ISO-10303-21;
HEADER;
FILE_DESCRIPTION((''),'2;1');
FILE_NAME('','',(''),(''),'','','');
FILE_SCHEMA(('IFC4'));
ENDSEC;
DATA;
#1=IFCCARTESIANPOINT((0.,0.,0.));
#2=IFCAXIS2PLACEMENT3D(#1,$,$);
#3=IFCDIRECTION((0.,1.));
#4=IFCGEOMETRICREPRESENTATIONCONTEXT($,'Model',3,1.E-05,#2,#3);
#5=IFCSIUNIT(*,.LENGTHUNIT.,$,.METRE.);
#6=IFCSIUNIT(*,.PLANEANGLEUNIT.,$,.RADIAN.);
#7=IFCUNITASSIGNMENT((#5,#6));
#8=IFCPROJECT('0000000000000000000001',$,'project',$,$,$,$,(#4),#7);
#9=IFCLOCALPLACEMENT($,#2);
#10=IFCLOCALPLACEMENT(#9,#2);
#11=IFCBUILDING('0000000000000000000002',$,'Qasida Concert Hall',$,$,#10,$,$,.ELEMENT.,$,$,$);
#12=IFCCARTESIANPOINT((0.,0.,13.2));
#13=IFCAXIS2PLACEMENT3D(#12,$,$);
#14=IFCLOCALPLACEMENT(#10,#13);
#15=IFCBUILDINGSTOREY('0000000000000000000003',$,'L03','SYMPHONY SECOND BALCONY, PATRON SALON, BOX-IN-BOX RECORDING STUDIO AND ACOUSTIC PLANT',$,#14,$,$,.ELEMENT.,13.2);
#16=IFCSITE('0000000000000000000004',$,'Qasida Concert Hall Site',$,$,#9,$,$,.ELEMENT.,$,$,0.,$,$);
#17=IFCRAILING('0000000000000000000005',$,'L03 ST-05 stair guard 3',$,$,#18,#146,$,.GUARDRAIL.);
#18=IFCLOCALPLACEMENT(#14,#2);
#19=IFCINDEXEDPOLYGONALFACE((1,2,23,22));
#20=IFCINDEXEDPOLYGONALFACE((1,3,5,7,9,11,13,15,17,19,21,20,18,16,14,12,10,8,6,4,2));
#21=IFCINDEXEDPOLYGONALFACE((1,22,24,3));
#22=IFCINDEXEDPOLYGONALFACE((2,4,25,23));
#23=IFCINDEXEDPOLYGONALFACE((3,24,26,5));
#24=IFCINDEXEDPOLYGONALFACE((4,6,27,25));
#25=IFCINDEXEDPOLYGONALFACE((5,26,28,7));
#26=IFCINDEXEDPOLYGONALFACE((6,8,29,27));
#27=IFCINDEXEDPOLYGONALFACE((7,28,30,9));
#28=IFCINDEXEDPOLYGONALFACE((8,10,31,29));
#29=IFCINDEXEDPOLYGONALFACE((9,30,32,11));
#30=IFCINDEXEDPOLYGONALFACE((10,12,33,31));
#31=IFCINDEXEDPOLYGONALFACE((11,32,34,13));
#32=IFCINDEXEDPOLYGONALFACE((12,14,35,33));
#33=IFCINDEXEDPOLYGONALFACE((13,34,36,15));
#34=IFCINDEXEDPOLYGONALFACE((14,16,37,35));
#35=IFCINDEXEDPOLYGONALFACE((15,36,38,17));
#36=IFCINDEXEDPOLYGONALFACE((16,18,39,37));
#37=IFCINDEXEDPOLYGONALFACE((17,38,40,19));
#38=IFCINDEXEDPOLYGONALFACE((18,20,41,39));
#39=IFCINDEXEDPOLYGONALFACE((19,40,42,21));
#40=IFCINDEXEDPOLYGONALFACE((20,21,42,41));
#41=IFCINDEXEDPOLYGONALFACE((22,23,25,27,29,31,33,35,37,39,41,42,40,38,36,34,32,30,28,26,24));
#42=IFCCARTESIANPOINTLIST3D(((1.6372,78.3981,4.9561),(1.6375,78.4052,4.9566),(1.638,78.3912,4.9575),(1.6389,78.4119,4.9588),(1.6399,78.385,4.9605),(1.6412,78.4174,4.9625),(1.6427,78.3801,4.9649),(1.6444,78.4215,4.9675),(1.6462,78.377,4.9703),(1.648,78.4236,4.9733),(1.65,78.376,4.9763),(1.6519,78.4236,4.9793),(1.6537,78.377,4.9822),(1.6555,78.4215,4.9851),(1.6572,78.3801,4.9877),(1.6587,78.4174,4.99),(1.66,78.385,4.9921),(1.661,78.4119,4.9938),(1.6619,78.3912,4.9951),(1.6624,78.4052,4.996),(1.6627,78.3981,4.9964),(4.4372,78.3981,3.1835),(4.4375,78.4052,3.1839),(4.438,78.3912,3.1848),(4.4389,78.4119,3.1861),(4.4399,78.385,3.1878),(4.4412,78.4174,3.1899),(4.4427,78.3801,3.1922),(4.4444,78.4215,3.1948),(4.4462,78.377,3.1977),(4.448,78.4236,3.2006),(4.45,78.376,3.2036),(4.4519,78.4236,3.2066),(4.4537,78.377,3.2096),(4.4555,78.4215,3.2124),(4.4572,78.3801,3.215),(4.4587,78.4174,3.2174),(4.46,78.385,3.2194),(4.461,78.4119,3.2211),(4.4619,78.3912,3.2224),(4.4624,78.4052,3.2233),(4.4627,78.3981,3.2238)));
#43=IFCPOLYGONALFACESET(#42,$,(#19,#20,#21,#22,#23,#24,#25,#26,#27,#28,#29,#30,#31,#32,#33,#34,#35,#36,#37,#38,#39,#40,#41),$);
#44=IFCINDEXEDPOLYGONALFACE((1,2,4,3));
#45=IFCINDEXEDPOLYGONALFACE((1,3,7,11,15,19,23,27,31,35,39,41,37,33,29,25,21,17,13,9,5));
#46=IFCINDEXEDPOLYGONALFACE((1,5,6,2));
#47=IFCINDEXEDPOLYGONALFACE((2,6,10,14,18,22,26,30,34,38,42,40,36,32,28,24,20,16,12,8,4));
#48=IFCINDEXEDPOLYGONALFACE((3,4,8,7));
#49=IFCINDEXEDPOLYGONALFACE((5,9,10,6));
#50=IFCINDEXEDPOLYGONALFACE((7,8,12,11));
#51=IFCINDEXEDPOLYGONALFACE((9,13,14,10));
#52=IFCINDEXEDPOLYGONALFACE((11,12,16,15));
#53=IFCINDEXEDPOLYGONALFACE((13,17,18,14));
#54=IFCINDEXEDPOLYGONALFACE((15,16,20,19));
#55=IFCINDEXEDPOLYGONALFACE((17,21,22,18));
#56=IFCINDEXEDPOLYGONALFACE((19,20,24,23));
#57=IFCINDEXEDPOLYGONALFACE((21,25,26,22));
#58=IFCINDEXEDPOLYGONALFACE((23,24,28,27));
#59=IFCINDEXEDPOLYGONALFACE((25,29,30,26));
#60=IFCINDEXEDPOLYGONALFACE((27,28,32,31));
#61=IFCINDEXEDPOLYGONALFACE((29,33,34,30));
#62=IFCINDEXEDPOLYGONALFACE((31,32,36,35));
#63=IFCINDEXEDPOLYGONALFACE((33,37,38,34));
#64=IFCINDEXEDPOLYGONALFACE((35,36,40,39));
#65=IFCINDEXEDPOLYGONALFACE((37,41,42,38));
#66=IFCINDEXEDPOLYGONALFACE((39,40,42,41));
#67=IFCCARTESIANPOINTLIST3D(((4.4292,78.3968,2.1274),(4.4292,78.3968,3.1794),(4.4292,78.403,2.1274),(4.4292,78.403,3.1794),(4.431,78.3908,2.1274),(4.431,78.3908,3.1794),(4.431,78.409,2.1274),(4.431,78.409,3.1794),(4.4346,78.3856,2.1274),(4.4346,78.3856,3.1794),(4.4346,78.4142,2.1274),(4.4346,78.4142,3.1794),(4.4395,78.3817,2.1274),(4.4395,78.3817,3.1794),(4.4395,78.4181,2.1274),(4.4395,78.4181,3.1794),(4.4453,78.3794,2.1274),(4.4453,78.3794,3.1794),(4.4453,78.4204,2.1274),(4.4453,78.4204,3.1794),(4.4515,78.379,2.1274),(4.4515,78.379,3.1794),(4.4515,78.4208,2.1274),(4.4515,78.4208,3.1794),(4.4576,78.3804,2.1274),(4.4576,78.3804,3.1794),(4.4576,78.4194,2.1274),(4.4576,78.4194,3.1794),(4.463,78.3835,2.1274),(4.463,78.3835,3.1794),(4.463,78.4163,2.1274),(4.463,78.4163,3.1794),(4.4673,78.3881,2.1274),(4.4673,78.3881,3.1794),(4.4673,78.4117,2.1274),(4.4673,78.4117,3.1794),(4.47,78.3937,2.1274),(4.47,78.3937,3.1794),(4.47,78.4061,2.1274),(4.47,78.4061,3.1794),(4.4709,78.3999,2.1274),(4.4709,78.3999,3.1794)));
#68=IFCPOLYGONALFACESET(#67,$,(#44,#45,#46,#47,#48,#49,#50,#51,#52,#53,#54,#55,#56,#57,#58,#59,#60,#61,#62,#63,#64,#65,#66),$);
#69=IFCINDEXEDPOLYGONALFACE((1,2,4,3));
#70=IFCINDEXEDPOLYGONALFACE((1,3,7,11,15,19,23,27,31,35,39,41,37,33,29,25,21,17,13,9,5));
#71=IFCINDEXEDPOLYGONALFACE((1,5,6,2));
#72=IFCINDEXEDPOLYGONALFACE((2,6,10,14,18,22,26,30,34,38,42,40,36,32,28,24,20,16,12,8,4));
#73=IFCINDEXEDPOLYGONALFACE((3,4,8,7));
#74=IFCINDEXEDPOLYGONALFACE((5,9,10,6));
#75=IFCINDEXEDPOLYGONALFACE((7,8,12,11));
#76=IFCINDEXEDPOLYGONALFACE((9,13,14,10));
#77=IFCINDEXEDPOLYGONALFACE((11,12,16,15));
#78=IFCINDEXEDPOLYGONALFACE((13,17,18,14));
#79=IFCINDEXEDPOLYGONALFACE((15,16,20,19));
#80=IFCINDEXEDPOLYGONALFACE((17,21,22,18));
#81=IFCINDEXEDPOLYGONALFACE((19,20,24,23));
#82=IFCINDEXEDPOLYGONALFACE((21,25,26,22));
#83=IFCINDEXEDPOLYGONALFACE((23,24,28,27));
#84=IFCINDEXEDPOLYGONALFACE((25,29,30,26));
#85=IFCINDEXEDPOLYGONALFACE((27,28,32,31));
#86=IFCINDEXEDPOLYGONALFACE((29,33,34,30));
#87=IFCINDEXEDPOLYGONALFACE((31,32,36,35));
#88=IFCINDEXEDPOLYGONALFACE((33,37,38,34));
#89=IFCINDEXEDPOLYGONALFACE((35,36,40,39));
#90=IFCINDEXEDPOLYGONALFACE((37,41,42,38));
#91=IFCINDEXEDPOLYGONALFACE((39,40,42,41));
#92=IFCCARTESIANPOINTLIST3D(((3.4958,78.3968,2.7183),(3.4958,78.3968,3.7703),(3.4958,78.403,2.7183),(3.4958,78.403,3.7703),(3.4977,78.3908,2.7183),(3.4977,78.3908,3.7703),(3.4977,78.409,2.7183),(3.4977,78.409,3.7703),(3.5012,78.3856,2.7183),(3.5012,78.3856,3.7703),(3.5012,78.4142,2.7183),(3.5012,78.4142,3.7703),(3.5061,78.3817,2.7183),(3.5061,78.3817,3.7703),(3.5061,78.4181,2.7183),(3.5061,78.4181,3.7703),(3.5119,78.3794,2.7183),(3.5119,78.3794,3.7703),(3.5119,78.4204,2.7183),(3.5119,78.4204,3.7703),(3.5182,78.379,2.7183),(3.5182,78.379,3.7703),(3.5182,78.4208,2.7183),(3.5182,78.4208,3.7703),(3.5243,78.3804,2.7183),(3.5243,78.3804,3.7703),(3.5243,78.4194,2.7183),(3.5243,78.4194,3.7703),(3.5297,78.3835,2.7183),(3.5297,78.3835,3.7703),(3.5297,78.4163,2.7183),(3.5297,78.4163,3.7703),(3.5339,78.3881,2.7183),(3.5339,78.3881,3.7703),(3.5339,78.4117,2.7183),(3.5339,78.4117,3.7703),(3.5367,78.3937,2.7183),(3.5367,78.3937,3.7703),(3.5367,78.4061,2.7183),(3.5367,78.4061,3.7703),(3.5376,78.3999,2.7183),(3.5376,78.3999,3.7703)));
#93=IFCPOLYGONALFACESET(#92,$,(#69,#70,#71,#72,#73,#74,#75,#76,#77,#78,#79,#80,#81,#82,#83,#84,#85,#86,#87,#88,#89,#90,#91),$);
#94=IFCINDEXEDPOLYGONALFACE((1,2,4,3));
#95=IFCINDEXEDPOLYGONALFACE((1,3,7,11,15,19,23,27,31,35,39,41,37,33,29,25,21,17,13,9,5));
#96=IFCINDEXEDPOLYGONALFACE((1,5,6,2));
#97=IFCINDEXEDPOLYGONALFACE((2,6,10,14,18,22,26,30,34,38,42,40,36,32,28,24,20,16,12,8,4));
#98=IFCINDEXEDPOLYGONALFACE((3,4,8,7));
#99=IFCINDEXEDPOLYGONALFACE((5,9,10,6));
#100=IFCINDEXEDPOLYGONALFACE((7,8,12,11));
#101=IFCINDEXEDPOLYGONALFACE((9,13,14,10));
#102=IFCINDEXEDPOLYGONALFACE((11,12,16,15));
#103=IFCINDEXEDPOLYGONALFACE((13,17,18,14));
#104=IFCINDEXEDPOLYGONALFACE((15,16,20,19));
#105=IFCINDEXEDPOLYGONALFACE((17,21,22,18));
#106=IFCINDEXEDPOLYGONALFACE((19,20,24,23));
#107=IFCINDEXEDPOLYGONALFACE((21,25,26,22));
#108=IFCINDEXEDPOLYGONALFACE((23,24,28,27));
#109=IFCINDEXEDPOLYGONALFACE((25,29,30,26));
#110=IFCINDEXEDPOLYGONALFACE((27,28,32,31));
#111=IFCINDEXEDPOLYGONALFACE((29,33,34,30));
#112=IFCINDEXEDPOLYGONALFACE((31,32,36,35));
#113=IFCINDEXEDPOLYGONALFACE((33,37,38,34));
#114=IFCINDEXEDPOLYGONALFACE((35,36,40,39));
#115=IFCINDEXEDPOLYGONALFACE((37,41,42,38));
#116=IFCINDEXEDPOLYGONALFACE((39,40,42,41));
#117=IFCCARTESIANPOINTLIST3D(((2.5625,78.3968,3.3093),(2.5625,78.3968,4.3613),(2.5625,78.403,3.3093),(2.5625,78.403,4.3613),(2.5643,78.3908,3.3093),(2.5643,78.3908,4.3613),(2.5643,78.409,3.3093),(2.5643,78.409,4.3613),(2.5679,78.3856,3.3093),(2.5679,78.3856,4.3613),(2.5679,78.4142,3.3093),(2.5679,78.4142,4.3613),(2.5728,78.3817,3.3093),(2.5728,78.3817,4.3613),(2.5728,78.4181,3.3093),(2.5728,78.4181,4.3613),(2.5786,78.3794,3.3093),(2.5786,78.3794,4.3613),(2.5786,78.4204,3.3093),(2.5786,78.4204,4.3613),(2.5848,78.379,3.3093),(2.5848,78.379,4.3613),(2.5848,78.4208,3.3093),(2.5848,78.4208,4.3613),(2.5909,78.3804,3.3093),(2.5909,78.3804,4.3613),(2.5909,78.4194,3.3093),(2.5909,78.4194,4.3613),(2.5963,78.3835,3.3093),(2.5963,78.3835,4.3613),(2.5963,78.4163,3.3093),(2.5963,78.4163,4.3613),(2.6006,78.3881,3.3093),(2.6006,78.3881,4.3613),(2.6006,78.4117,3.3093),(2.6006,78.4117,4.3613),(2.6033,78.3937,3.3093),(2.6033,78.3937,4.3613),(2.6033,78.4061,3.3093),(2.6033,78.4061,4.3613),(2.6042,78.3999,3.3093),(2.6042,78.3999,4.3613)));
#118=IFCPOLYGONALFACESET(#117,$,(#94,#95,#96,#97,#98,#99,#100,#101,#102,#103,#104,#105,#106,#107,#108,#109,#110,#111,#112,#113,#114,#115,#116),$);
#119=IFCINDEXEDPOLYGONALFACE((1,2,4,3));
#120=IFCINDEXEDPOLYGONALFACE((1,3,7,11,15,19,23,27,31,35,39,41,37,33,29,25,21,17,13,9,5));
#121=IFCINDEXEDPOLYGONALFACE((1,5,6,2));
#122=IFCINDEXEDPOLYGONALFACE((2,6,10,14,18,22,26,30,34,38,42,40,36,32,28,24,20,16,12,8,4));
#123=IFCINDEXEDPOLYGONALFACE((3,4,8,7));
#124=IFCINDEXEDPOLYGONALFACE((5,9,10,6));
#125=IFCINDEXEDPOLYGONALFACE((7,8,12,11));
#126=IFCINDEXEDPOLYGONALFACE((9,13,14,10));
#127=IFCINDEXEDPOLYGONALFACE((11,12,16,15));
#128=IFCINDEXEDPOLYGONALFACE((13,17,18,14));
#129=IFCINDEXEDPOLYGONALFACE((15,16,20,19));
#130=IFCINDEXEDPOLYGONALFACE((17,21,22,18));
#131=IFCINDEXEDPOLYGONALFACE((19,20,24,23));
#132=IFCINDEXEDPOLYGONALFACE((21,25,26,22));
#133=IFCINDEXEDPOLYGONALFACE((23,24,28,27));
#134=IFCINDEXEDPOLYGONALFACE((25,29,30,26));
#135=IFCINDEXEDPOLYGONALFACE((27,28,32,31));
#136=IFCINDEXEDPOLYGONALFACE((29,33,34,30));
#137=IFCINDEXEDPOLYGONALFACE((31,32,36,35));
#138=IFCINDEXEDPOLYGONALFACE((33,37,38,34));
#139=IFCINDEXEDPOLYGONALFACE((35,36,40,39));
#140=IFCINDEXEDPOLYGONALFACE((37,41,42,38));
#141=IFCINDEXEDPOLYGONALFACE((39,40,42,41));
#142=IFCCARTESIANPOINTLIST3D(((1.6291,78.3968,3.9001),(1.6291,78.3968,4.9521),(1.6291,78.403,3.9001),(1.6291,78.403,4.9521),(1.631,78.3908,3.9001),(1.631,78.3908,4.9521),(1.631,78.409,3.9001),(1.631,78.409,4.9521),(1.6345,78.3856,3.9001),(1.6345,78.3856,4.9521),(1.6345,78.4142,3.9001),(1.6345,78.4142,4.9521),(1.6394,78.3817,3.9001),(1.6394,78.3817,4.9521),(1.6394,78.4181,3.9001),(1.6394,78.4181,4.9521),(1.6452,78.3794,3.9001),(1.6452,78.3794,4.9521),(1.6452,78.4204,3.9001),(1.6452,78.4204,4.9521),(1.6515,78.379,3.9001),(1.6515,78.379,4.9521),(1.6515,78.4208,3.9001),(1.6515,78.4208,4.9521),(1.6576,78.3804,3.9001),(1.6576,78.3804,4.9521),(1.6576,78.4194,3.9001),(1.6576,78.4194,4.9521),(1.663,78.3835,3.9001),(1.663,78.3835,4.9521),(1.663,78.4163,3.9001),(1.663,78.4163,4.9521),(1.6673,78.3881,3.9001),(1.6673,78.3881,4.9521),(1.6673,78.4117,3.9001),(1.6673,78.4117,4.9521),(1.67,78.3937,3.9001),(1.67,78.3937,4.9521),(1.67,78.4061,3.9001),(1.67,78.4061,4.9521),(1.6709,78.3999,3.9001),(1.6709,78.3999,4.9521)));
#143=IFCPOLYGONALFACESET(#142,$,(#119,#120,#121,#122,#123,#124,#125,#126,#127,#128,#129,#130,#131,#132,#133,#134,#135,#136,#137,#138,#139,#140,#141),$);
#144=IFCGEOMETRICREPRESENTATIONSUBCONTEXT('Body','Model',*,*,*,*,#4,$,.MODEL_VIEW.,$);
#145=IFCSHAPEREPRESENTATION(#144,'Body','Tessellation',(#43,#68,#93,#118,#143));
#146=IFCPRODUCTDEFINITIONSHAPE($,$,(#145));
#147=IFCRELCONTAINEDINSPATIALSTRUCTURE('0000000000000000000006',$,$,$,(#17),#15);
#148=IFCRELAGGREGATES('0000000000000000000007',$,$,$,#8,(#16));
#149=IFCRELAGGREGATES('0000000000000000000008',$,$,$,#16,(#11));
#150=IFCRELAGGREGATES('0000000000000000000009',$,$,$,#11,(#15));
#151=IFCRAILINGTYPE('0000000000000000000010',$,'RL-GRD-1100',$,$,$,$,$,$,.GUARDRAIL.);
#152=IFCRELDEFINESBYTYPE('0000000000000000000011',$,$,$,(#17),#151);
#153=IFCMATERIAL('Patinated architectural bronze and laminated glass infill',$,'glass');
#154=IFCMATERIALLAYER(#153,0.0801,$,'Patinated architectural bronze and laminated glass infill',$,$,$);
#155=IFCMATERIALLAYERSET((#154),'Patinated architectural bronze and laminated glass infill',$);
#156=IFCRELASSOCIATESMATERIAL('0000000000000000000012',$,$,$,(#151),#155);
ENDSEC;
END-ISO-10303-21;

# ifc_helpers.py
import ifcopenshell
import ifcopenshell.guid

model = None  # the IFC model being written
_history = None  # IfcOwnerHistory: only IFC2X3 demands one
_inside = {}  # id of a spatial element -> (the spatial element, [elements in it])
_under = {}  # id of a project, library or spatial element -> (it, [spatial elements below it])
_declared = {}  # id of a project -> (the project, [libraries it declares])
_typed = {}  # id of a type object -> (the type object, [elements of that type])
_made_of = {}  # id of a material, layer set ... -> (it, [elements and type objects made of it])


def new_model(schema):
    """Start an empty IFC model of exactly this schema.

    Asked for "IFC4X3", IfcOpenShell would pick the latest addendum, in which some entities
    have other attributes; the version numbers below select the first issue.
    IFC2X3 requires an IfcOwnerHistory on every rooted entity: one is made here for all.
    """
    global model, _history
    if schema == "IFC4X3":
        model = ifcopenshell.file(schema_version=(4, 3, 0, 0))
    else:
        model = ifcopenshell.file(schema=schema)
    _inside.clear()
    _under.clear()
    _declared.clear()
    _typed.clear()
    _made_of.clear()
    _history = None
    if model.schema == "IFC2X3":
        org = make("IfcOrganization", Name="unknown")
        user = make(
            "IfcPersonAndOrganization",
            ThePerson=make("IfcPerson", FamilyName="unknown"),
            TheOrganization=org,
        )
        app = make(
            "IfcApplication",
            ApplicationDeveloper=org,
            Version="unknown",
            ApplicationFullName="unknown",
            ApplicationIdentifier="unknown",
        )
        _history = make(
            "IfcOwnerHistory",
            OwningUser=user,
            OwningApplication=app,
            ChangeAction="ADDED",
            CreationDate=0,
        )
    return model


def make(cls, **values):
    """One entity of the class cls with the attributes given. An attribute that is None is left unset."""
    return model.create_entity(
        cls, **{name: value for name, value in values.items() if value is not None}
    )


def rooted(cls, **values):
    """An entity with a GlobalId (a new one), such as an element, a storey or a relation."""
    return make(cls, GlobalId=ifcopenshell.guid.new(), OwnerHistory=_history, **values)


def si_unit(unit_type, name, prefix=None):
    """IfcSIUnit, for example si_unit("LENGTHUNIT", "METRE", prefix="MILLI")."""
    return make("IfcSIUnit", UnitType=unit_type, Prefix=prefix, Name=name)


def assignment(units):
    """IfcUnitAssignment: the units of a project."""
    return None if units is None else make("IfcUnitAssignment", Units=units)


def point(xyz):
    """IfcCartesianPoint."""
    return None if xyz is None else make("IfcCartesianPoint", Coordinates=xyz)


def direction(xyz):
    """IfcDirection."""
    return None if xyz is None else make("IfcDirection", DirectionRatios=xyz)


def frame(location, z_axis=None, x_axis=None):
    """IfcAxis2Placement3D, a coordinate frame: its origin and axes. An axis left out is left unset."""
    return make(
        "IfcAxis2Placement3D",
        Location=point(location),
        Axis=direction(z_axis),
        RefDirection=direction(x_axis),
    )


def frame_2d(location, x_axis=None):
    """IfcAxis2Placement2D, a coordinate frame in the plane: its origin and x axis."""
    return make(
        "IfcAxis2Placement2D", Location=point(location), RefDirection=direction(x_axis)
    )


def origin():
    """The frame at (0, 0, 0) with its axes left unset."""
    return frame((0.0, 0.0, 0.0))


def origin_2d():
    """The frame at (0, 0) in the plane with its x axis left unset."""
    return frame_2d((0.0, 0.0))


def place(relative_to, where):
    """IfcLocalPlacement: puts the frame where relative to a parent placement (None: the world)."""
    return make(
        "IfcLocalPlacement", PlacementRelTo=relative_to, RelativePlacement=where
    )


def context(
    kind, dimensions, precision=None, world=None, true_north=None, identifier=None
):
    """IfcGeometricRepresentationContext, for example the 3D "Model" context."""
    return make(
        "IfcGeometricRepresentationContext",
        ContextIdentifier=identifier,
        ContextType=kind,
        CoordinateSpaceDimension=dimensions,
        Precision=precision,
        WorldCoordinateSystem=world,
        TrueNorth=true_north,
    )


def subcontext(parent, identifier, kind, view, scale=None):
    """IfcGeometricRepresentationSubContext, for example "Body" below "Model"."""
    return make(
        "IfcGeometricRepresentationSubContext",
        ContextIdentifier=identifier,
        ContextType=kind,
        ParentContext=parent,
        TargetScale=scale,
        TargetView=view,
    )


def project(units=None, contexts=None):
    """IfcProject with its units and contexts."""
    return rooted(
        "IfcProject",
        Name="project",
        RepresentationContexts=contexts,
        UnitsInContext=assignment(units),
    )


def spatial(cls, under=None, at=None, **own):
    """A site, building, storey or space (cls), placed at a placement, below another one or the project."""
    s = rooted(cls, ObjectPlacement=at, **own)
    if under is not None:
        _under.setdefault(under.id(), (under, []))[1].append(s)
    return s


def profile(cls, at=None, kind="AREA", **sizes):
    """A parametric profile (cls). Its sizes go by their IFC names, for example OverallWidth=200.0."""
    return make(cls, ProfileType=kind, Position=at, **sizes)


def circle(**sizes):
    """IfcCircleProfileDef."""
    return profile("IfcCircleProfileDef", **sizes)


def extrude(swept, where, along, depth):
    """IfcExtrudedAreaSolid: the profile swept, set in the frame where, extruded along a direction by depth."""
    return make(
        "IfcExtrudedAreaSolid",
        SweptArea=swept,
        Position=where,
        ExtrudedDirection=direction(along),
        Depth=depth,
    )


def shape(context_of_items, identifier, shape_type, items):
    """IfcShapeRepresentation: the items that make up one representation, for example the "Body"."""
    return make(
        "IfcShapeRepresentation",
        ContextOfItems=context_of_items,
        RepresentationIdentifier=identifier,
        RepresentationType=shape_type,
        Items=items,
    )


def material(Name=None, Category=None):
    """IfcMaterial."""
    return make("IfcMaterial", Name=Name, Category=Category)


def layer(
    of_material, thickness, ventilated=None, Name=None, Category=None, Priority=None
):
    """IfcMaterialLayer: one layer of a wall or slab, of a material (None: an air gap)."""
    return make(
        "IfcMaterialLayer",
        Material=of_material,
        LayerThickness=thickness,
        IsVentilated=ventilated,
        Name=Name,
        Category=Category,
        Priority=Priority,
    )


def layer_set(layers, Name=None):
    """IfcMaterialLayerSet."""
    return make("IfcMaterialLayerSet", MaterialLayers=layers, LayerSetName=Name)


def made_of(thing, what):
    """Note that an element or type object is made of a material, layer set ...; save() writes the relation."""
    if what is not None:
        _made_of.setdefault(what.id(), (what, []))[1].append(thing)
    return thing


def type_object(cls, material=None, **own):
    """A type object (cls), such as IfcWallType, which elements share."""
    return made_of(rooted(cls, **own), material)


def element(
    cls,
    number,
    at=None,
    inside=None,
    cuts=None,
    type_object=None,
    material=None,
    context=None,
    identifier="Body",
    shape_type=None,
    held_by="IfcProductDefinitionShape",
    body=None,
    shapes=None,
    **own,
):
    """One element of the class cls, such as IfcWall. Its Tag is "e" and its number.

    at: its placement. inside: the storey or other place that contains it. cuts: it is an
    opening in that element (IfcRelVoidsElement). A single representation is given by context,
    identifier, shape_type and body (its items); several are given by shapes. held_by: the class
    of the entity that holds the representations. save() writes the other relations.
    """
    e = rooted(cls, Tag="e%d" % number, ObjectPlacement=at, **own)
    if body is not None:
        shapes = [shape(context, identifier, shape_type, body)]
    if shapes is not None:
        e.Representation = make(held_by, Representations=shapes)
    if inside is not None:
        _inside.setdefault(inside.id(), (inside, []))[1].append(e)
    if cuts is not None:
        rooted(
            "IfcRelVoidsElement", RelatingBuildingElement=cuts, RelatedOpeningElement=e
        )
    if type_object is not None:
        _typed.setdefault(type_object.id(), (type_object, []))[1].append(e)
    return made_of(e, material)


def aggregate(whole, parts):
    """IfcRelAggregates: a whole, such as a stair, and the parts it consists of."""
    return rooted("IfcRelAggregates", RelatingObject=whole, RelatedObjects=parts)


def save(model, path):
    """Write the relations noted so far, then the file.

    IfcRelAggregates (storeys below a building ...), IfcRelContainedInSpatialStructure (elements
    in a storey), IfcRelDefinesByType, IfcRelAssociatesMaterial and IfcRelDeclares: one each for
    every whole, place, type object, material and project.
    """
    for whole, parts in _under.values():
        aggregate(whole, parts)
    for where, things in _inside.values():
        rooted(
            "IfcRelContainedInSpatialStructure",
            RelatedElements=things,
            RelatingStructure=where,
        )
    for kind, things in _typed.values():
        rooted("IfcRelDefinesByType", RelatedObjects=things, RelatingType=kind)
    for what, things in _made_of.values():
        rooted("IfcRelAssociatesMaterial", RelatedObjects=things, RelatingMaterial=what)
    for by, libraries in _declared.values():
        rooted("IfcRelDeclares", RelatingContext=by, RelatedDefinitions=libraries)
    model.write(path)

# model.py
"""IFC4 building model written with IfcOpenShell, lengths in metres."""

from ifc_helpers import new_model, si_unit, direction, frame, origin, origin_2d, place, context, subcontext, project, spatial, circle, extrude, material, layer, layer_set, type_object, element, save


model = new_model("IFC4")

# Units and contexts
model_context = context("Model", 3, precision=1e-05, world=origin(), true_north=direction((0.0, 1.0)))
body_context = subcontext(model_context, "Body", "Model", "MODEL_VIEW")
ifc_project = project(units=[si_unit("LENGTHUNIT", "METRE"), si_unit("PLANEANGLEUNIT", "RADIAN")], contexts=[model_context])

# Site, building, storey
site_placement = place(None, origin())
site = spatial("IfcSite", under=ifc_project, at=site_placement, Name="Qasida Concert Hall Site", CompositionType="ELEMENT", RefElevation=0.0)
building_placement = place(site_placement, origin())
building = spatial("IfcBuilding", under=site, at=building_placement, Name="Qasida Concert Hall", CompositionType="ELEMENT")
storey_placement = place(building_placement, frame((0.0, 0.0, 13.2)))
storey = spatial("IfcBuildingStorey", under=building, at=storey_placement, Name="L03", Description="SYMPHONY SECOND BALCONY, PATRON SALON, BOX-IN-BOX RECORDING STUDIO AND ACOUSTIC PLANT", CompositionType="ELEMENT", Elevation=13.2)

# Railing
ifc_material_1 = material(Name="Patinated architectural bronze and laminated glass infill", Category="glass")
ifc_layer_1 = layer(ifc_material_1, 0.0801, Name="Patinated architectural bronze and laminated glass infill")
ifc_layer_set_1 = layer_set([ifc_layer_1], Name="Patinated architectural bronze and laminated glass infill")
railing_type_1 = type_object("IfcRailingType", Name="RL-GRD-1100", PredefinedType="GUARDRAIL", material=ifc_layer_set_1)
railing_1_placement = place(storey_placement, frame((4.45, 78.3999, 2.1274)))
element("IfcRailing", 1, at=railing_1_placement, inside=storey, type_object=railing_type_1, Name="L03 ST-05 stair guard 3", PredefinedType="GUARDRAIL", context=body_context, shape_type="SweptSolid", body=[
    extrude(circle(Radius=0.0239, at=origin_2d()), frame((0.0, 0.0, 1.0762), z_axis=(-0.844909, 0.0, 0.53491), x_axis=(0.0, -1.0, 0.0)), (0.0, 0.0, 1.0), 3.314),
    extrude(circle(Radius=0.021, at=origin_2d()), origin(), (0.0, 0.0, 1.0), 1.052),
    extrude(circle(Radius=0.021, at=origin_2d()), frame((-0.9333, 0.0, 0.5908)), (0.0, 0.0, 1.0), 1.052),
    extrude(circle(Radius=0.021, at=origin_2d()), frame((-1.8667, 0.0, 1.1819)), (0.0, 0.0, 1.0), 1.052),
    extrude(circle(Radius=0.021, at=origin_2d()), frame((-2.8, 0.0, 1.7727)), (0.0, 0.0, 1.0), 1.052),
])

save(model, "model.ifc")
